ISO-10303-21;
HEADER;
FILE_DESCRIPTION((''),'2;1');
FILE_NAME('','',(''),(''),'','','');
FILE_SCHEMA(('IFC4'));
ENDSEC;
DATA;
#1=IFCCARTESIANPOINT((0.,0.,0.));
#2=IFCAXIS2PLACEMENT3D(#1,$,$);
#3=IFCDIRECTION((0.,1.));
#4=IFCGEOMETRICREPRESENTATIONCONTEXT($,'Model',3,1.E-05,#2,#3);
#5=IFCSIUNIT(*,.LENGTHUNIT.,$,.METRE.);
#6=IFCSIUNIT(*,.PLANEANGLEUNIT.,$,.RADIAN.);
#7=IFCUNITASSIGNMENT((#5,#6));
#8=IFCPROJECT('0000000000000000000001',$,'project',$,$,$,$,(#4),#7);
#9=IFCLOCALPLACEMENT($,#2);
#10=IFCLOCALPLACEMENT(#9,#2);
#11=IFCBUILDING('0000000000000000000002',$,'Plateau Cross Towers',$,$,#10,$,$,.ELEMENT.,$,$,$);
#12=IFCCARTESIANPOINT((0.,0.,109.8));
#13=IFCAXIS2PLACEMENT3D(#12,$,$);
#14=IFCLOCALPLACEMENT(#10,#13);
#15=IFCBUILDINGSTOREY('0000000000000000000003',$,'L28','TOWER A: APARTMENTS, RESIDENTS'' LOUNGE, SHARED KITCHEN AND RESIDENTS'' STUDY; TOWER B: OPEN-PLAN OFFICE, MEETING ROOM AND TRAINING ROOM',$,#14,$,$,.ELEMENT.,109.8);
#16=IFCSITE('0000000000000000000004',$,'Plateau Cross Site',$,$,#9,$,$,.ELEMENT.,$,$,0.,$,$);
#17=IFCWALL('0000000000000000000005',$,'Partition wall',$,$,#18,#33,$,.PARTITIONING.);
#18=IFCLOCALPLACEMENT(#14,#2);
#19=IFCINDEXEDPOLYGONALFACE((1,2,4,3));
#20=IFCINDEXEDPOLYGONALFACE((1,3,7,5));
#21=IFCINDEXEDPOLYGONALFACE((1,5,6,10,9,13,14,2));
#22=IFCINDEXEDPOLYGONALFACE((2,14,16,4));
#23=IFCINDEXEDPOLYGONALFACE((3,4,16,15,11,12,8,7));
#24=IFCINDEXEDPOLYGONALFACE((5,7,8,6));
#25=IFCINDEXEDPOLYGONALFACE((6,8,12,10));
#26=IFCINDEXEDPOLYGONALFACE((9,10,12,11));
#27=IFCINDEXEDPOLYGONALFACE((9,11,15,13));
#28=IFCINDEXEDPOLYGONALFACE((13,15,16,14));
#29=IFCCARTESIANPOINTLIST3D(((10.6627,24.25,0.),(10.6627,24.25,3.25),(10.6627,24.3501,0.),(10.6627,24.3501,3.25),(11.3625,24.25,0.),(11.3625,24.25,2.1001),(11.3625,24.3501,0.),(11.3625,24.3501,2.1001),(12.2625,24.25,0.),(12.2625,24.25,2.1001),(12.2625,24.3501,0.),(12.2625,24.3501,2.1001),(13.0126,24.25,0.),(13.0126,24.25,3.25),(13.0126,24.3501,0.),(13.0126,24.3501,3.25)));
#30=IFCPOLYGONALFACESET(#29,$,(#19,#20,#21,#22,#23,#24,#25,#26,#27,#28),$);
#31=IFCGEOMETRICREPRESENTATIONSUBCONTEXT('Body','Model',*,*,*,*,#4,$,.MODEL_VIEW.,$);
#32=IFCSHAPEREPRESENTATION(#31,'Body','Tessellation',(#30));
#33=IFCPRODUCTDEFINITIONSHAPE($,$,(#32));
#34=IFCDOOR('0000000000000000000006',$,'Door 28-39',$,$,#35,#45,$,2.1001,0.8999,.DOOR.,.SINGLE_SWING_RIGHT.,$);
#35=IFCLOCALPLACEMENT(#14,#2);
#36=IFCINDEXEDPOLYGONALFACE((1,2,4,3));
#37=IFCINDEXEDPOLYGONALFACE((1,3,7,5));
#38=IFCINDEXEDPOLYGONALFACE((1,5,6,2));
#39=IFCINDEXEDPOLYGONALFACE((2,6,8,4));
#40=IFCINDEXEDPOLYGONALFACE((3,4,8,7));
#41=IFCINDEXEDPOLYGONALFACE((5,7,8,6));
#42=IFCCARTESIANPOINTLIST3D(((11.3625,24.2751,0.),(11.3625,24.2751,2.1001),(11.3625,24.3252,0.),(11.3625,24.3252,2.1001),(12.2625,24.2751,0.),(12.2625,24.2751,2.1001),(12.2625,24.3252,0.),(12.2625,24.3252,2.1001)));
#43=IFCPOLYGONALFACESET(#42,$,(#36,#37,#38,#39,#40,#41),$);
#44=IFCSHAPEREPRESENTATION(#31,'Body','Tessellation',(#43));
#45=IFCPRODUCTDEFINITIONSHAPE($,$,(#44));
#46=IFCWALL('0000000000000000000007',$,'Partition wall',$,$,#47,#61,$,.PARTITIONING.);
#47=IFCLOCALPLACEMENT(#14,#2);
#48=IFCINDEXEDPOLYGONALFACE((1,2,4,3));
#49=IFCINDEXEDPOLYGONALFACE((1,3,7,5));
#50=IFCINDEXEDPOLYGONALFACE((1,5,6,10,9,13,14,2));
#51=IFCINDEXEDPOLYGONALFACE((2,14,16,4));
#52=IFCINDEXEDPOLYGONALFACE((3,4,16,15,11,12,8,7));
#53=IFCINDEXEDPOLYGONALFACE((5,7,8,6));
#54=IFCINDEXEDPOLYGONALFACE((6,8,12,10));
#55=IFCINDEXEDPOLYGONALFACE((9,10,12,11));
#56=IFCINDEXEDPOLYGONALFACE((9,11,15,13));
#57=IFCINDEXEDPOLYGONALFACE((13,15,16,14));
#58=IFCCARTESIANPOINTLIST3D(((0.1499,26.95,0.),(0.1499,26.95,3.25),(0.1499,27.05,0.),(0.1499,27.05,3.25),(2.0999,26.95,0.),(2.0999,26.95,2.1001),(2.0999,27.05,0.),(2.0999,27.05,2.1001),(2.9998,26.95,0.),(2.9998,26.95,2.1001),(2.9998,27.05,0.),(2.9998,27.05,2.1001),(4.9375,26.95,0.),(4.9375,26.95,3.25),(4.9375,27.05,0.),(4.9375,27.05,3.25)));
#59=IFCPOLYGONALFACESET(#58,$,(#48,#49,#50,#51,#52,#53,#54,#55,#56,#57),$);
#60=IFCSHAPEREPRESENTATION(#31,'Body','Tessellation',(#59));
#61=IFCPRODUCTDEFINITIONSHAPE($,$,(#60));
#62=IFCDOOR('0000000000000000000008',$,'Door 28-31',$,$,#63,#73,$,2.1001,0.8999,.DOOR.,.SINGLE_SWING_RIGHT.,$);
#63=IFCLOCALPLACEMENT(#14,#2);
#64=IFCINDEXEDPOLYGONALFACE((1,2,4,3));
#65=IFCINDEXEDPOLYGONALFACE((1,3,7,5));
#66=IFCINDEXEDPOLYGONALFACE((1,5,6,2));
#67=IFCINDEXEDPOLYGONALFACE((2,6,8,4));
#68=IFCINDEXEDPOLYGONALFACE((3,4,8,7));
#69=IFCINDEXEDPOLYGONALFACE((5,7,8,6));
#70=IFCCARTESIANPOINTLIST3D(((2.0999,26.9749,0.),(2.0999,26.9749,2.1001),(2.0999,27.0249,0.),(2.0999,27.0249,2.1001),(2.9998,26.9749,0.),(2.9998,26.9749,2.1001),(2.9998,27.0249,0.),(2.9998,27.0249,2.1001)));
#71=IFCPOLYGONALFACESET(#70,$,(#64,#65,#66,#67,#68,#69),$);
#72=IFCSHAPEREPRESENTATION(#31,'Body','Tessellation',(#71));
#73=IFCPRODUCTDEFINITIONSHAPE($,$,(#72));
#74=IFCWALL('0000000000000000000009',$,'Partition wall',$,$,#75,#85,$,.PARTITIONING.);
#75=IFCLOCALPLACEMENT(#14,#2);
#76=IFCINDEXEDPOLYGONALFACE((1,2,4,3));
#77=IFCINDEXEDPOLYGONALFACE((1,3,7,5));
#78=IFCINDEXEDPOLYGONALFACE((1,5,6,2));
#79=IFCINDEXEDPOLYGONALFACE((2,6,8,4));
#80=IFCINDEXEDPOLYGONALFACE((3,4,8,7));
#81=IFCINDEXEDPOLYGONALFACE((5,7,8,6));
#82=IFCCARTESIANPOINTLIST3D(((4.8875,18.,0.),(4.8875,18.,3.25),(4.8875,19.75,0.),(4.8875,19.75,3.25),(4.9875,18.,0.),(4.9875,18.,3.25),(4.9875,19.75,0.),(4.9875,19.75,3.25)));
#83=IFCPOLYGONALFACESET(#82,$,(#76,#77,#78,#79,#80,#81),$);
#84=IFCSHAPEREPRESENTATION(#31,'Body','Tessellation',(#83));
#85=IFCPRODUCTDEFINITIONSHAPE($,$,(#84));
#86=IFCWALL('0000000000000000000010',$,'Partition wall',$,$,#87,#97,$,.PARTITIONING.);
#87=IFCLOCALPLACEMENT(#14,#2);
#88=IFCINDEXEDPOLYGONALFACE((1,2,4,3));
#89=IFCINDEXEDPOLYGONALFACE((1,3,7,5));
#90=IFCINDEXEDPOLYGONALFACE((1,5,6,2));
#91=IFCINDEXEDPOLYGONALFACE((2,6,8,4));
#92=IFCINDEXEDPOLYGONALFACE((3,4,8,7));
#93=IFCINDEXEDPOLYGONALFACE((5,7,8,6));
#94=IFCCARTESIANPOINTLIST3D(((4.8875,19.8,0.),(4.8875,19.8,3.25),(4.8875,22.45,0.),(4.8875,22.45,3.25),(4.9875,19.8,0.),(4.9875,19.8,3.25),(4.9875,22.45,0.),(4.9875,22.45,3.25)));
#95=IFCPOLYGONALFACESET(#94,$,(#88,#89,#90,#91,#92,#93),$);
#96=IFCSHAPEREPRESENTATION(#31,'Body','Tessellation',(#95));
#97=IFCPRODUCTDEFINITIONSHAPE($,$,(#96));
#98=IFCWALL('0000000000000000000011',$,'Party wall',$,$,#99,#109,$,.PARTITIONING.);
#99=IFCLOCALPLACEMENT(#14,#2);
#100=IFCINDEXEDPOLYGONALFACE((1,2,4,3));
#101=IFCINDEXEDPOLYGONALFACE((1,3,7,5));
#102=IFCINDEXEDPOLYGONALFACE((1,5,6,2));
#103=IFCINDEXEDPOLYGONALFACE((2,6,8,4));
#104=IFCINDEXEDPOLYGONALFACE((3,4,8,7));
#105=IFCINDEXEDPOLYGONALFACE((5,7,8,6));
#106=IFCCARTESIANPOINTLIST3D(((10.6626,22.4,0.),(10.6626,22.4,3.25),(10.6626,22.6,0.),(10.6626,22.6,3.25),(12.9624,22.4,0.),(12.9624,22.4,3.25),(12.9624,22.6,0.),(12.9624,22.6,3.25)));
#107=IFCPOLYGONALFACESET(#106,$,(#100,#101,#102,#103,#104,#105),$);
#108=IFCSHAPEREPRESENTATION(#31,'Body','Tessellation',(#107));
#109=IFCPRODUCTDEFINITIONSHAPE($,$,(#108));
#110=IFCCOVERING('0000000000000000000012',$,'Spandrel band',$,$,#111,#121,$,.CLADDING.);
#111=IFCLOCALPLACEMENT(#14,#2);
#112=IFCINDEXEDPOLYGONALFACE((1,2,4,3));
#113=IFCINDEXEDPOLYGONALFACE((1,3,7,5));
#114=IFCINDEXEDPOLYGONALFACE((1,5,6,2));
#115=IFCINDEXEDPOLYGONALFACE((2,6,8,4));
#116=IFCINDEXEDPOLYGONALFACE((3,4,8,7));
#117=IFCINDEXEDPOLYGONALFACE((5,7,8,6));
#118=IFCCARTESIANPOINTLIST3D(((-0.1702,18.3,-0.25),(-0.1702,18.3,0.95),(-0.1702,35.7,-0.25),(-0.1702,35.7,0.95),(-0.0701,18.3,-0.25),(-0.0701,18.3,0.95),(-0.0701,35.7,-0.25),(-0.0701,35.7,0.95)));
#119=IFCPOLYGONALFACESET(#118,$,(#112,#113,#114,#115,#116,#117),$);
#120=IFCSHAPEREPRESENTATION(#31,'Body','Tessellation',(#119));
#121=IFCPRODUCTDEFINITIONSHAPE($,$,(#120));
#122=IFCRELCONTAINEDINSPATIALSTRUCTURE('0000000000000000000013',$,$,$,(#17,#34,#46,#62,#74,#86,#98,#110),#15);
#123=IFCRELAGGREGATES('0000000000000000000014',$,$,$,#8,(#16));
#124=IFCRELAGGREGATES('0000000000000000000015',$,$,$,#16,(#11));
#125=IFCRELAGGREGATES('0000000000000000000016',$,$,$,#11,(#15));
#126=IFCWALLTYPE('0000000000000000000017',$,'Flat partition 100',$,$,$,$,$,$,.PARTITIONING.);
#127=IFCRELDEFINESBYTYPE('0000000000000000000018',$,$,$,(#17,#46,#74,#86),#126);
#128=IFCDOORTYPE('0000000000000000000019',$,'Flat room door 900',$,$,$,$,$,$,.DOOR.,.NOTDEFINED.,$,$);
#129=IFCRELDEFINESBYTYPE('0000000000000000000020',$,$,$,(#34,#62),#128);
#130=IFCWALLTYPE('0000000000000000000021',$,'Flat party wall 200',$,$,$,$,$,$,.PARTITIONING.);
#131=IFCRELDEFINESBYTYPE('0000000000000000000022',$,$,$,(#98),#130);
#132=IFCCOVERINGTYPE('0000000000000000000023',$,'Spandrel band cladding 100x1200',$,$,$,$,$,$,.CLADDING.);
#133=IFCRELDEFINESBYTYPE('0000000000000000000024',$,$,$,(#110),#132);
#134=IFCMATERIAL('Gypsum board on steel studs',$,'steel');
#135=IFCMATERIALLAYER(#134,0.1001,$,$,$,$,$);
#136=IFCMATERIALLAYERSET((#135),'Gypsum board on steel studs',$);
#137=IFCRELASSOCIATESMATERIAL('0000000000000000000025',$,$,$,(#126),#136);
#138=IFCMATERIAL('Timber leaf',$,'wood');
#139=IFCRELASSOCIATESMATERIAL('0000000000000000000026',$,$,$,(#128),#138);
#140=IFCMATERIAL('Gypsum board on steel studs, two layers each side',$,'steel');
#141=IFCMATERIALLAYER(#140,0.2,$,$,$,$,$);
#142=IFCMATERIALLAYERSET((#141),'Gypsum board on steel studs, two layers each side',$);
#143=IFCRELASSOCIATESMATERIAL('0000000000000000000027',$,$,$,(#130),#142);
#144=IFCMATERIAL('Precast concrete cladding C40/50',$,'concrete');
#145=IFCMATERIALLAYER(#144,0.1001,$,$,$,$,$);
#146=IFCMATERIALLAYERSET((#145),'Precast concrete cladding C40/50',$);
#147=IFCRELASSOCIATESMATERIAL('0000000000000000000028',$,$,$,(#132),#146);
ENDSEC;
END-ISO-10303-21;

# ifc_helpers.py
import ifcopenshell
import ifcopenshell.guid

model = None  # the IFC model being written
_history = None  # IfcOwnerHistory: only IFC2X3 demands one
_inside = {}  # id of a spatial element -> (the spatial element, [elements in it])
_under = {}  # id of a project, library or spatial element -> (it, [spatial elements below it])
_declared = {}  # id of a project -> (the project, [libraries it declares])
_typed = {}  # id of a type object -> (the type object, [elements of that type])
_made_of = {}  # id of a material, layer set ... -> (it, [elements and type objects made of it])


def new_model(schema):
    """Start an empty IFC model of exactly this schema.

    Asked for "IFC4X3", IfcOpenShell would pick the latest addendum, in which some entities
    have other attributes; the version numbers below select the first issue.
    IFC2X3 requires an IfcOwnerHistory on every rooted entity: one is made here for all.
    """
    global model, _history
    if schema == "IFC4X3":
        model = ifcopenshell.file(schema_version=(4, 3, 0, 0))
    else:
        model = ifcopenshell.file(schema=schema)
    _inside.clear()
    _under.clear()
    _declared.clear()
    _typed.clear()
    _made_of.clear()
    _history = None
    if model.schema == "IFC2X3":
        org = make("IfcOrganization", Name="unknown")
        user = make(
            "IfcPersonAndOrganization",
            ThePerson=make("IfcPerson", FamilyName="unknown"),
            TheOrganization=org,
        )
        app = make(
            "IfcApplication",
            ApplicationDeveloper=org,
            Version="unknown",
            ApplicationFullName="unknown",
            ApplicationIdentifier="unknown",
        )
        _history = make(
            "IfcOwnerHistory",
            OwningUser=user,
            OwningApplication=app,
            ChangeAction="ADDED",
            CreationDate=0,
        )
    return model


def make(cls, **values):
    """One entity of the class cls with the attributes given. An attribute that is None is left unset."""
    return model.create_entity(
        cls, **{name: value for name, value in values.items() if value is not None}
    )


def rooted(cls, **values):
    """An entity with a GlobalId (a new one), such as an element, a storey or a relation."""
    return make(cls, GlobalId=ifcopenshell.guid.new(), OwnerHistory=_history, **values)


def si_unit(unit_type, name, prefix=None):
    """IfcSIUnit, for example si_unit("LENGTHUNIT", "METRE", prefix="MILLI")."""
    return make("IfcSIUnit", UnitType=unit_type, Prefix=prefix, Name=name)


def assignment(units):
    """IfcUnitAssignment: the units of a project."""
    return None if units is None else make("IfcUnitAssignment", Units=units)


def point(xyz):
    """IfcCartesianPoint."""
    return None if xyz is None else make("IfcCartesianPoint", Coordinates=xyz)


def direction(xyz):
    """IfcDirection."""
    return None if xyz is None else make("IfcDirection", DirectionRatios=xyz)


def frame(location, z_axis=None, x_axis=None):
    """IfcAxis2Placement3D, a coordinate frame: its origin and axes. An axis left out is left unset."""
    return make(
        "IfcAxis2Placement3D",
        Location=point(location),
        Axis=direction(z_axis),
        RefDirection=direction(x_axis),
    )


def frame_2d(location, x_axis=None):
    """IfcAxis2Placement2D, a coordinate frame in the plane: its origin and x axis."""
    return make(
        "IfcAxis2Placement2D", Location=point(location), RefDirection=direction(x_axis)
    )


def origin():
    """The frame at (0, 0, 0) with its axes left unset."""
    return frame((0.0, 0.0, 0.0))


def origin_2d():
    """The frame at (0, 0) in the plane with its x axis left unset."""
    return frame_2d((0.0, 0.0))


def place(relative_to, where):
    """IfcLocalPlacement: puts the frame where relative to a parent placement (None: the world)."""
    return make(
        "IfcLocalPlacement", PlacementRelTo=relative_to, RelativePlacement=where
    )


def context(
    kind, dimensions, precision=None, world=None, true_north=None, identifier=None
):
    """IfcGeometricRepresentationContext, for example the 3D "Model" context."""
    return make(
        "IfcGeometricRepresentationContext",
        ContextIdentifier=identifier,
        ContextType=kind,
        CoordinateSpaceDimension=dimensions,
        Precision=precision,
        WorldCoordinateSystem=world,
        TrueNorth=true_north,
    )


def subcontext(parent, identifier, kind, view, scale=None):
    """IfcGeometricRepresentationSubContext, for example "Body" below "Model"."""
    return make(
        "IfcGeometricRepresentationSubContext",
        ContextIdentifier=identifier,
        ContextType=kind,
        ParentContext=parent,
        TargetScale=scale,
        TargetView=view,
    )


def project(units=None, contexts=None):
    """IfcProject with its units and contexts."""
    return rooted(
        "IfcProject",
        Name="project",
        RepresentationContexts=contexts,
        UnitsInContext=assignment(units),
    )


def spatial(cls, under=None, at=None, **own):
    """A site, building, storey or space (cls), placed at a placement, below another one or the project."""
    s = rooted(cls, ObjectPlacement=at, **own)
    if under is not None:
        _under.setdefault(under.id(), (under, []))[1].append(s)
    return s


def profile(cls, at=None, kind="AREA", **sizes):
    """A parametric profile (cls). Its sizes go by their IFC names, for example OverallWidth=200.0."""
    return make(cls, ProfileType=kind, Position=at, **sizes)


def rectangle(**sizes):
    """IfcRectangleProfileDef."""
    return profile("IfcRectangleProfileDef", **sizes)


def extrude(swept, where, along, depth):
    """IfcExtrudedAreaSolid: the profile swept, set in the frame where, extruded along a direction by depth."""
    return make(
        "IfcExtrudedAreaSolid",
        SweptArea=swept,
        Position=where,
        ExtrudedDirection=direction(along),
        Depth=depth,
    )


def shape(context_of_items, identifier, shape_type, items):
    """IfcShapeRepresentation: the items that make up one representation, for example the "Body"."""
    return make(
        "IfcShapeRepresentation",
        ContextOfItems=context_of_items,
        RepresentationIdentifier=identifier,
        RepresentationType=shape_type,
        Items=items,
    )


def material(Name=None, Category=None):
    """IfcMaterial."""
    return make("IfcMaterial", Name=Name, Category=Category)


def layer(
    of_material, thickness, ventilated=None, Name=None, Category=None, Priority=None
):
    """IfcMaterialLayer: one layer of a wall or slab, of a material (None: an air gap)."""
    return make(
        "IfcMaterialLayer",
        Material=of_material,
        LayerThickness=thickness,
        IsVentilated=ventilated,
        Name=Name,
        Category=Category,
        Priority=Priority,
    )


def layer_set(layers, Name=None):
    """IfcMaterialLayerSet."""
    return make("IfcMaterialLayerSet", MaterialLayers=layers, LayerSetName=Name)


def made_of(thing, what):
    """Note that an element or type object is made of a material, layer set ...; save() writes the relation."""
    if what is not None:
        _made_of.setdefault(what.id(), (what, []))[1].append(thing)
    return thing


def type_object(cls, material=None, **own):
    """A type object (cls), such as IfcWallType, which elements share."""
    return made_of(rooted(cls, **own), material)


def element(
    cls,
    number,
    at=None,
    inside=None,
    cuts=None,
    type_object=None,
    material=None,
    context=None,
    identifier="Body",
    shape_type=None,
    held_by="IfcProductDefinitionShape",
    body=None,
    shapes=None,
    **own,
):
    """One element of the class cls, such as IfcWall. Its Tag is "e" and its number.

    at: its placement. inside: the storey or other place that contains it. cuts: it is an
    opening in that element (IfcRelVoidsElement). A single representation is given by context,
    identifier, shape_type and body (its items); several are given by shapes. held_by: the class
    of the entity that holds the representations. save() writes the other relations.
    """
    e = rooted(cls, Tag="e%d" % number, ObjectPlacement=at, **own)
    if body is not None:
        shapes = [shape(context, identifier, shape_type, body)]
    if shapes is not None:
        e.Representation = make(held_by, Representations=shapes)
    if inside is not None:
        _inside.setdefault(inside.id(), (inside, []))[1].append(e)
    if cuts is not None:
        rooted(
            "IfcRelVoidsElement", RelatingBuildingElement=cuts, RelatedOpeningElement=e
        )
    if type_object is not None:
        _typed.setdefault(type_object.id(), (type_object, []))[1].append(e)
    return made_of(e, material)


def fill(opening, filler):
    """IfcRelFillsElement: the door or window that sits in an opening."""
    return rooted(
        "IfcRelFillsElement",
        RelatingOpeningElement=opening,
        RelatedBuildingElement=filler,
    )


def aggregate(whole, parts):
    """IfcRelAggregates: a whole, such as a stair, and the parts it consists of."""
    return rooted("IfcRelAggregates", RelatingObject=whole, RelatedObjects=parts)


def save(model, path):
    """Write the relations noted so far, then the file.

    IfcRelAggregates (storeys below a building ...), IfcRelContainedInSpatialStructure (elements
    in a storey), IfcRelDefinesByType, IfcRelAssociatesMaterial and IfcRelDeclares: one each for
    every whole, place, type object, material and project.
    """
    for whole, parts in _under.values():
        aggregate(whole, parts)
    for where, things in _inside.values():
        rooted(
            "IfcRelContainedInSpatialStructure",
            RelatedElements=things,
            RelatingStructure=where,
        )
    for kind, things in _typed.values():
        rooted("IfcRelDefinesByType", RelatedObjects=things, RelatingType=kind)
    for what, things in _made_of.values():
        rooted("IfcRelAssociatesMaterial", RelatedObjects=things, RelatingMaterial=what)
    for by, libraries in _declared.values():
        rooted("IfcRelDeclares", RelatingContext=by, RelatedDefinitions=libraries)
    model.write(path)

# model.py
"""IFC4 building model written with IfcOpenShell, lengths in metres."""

from ifc_helpers import new_model, si_unit, direction, frame, frame_2d, origin, origin_2d, place, context, subcontext, project, spatial, rectangle, extrude, material, layer, layer_set, type_object, element, fill, save


model = new_model("IFC4")

# Units and contexts
model_context = context("Model", 3, precision=1e-05, world=origin(), true_north=direction((0.0, 1.0)))
body_context = subcontext(model_context, "Body", "Model", "MODEL_VIEW")
ifc_project = project(units=[si_unit("LENGTHUNIT", "METRE"), si_unit("PLANEANGLEUNIT", "RADIAN")], contexts=[model_context])

# Site, building, storey
site_placement = place(None, origin())
site = spatial("IfcSite", under=ifc_project, at=site_placement, Name="Plateau Cross Site", CompositionType="ELEMENT", RefElevation=0.0)
building_placement = place(site_placement, origin())
building = spatial("IfcBuilding", under=site, at=building_placement, Name="Plateau Cross Towers", CompositionType="ELEMENT")
storey_placement = place(building_placement, frame((0.0, 0.0, 109.8)))
storey = spatial("IfcBuildingStorey", under=building, at=storey_placement, Name="L28", Description="TOWER A: APARTMENTS, RESIDENTS' LOUNGE, SHARED KITCHEN AND RESIDENTS' STUDY; TOWER B: OPEN-PLAN OFFICE, MEETING ROOM AND TRAINING ROOM", CompositionType="ELEMENT", Elevation=109.8)

# Walls, openings, doors
ifc_material_1 = material(Name="Gypsum board on steel studs", Category="steel")
ifc_layer_1 = layer(ifc_material_1, 0.1001)
ifc_layer_set_1 = layer_set([ifc_layer_1], Name="Gypsum board on steel studs")
wall_type_1 = type_object("IfcWallType", Name="Flat partition 100", PredefinedType="PARTITIONING", material=ifc_layer_set_1)
ifc_material_2 = material(Name="Timber leaf", Category="wood")
door_type_1 = type_object("IfcDoorType", Name="Flat room door 900", OperationType="NOTDEFINED", PredefinedType="DOOR", material=ifc_material_2)
wall_1_placement = place(storey_placement, frame((13.0125, 24.3, 0.0), z_axis=(0.0, 0.0, 1.0), x_axis=(-1.0, 0.0, 0.0)))
wall_1 = element("IfcWall", 1, at=wall_1_placement, inside=storey, type_object=wall_type_1, Name="Partition wall", PredefinedType="PARTITIONING", context=body_context, shape_type="SweptSolid", body=[
    extrude(rectangle(XDim=2.3499, YDim=0.1001, at=frame_2d((1.1748, 0.0))), origin(), (0.0, 0.0, 1.0), 3.25),
])
opening_1_placement = place(wall_1_placement, frame((0.75, 0.0, 0.0)))
opening_1 = element("IfcOpeningElement", 2, at=opening_1_placement, cuts=wall_1, PredefinedType="OPENING", context=body_context, shape_type="SweptSolid", body=[
    extrude(rectangle(XDim=0.8999, YDim=2.1001, at=frame_2d((0.45, 1.05))), frame((0.0, 0.0601, 0.0), z_axis=(0.0, -1.0, 0.0), x_axis=(1.0, 0.0, 0.0)), (0.0, 0.0, 1.0), 0.1201),
])
door_1_placement = place(opening_1_placement, origin())
door_1 = element("IfcDoor", 3, at=door_1_placement, inside=storey, type_object=door_type_1, Name="Door 28-39", OperationType="SINGLE_SWING_RIGHT", OverallHeight=2.1001, OverallWidth=0.8999, PredefinedType="DOOR", context=body_context, shape_type="SweptSolid", body=[
    extrude(rectangle(XDim=0.8999, YDim=2.1001, at=frame_2d((0.45, 1.05))), frame((0.0, 0.0249, 0.0), z_axis=(0.0, -1.0, 0.0), x_axis=(1.0, 0.0, 0.0)), (0.0, 0.0, 1.0), 0.05),
])
fill(opening_1, door_1)
wall_2_placement = place(storey_placement, frame((0.1499, 27.0, 0.0), z_axis=(0.0, 0.0, 1.0), x_axis=(1.0, 0.0, 0.0)))
wall_2 = element("IfcWall", 4, at=wall_2_placement, inside=storey, type_object=wall_type_1, Name="Partition wall", PredefinedType="PARTITIONING", context=body_context, shape_type="SweptSolid", body=[
    extrude(rectangle(XDim=4.7876, YDim=0.1001, at=frame_2d((2.3938, 0.0))), origin(), (0.0, 0.0, 1.0), 3.25),
])
opening_2_placement = place(wall_2_placement, frame((1.95, 0.0, 0.0)))
opening_2 = element("IfcOpeningElement", 5, at=opening_2_placement, cuts=wall_2, PredefinedType="OPENING", context=body_context, shape_type="SweptSolid", body=[
    extrude(rectangle(XDim=0.8999, YDim=2.1001, at=frame_2d((0.45, 1.05))), frame((0.0, 0.0601, 0.0), z_axis=(0.0, -1.0, 0.0), x_axis=(1.0, 0.0, 0.0)), (0.0, 0.0, 1.0), 0.1201),
])
door_2_placement = place(opening_2_placement, origin())
door_2 = element("IfcDoor", 6, at=door_2_placement, inside=storey, type_object=door_type_1, Name="Door 28-31", OperationType="SINGLE_SWING_RIGHT", OverallHeight=2.1001, OverallWidth=0.8999, PredefinedType="DOOR", context=body_context, shape_type="SweptSolid", body=[
    extrude(rectangle(XDim=0.8999, YDim=2.1001, at=frame_2d((0.45, 1.05))), frame((0.0, 0.0249, 0.0), z_axis=(0.0, -1.0, 0.0), x_axis=(1.0, 0.0, 0.0)), (0.0, 0.0, 1.0), 0.05),
])
fill(opening_2, door_2)

# Walls
wall_3_placement = place(storey_placement, frame((4.9375, 19.75, 0.0), z_axis=(0.0, 0.0, 1.0), x_axis=(0.0, -1.0, 0.0)))
element("IfcWall", 7, at=wall_3_placement, inside=storey, type_object=wall_type_1, Name="Partition wall", PredefinedType="PARTITIONING", context=body_context, shape_type="SweptSolid", body=[
    extrude(rectangle(XDim=1.75, YDim=0.1001, at=frame_2d((0.875, 0.0))), origin(), (0.0, 0.0, 1.0), 3.25),
])
wall_4_placement = place(storey_placement, frame((4.9375, 19.8, 0.0), z_axis=(0.0, 0.0, 1.0), x_axis=(0.0, 1.0, 0.0)))
element("IfcWall", 8, at=wall_4_placement, inside=storey, type_object=wall_type_1, Name="Partition wall", PredefinedType="PARTITIONING", context=body_context, shape_type="SweptSolid", body=[
    extrude(rectangle(XDim=2.6499, YDim=0.1001, at=frame_2d((1.325, 0.0))), origin(), (0.0, 0.0, 1.0), 3.25),
])
ifc_material_3 = material(Name="Gypsum board on steel studs, two layers each side", Category="steel")
ifc_layer_2 = layer(ifc_material_3, 0.2)
ifc_layer_set_2 = layer_set([ifc_layer_2], Name="Gypsum board on steel studs, two layers each side")
wall_type_2 = type_object("IfcWallType", Name="Flat party wall 200", PredefinedType="PARTITIONING", material=ifc_layer_set_2)
wall_5_placement = place(storey_placement, frame((12.9624, 22.5, 0.0), z_axis=(0.0, 0.0, 1.0), x_axis=(-1.0, 0.0, 0.0)))
element("IfcWall", 9, at=wall_5_placement, inside=storey, type_object=wall_type_2, Name="Party wall", PredefinedType="PARTITIONING", context=body_context, shape_type="SweptSolid", body=[
    extrude(rectangle(XDim=2.2998, YDim=0.2, at=frame_2d((1.1499, 0.0))), origin(), (0.0, 0.0, 1.0), 3.25),
])

# Covering
ifc_material_4 = material(Name="Precast concrete cladding C40/50", Category="concrete")
ifc_layer_3 = layer(ifc_material_4, 0.1001)
ifc_layer_set_3 = layer_set([ifc_layer_3], Name="Precast concrete cladding C40/50")
covering_type = type_object("IfcCoveringType", Name="Spandrel band cladding 100x1200", PredefinedType="CLADDING", material=ifc_layer_set_3)
covering_placement = place(storey_placement, frame((-0.1201, 27.0, -0.25), z_axis=(0.0, 0.0, 1.0), x_axis=(0.0, -1.0, 0.0)))
element("IfcCovering", 10, at=covering_placement, inside=storey, type_object=covering_type, Name="Spandrel band", PredefinedType="CLADDING", context=body_context, shape_type="SweptSolid", body=[
    extrude(rectangle(XDim=17.3999, YDim=0.1001, at=origin_2d()), origin(), (0.0, 0.0, 1.0), 1.2),
])

save(model, "model.ifc")
